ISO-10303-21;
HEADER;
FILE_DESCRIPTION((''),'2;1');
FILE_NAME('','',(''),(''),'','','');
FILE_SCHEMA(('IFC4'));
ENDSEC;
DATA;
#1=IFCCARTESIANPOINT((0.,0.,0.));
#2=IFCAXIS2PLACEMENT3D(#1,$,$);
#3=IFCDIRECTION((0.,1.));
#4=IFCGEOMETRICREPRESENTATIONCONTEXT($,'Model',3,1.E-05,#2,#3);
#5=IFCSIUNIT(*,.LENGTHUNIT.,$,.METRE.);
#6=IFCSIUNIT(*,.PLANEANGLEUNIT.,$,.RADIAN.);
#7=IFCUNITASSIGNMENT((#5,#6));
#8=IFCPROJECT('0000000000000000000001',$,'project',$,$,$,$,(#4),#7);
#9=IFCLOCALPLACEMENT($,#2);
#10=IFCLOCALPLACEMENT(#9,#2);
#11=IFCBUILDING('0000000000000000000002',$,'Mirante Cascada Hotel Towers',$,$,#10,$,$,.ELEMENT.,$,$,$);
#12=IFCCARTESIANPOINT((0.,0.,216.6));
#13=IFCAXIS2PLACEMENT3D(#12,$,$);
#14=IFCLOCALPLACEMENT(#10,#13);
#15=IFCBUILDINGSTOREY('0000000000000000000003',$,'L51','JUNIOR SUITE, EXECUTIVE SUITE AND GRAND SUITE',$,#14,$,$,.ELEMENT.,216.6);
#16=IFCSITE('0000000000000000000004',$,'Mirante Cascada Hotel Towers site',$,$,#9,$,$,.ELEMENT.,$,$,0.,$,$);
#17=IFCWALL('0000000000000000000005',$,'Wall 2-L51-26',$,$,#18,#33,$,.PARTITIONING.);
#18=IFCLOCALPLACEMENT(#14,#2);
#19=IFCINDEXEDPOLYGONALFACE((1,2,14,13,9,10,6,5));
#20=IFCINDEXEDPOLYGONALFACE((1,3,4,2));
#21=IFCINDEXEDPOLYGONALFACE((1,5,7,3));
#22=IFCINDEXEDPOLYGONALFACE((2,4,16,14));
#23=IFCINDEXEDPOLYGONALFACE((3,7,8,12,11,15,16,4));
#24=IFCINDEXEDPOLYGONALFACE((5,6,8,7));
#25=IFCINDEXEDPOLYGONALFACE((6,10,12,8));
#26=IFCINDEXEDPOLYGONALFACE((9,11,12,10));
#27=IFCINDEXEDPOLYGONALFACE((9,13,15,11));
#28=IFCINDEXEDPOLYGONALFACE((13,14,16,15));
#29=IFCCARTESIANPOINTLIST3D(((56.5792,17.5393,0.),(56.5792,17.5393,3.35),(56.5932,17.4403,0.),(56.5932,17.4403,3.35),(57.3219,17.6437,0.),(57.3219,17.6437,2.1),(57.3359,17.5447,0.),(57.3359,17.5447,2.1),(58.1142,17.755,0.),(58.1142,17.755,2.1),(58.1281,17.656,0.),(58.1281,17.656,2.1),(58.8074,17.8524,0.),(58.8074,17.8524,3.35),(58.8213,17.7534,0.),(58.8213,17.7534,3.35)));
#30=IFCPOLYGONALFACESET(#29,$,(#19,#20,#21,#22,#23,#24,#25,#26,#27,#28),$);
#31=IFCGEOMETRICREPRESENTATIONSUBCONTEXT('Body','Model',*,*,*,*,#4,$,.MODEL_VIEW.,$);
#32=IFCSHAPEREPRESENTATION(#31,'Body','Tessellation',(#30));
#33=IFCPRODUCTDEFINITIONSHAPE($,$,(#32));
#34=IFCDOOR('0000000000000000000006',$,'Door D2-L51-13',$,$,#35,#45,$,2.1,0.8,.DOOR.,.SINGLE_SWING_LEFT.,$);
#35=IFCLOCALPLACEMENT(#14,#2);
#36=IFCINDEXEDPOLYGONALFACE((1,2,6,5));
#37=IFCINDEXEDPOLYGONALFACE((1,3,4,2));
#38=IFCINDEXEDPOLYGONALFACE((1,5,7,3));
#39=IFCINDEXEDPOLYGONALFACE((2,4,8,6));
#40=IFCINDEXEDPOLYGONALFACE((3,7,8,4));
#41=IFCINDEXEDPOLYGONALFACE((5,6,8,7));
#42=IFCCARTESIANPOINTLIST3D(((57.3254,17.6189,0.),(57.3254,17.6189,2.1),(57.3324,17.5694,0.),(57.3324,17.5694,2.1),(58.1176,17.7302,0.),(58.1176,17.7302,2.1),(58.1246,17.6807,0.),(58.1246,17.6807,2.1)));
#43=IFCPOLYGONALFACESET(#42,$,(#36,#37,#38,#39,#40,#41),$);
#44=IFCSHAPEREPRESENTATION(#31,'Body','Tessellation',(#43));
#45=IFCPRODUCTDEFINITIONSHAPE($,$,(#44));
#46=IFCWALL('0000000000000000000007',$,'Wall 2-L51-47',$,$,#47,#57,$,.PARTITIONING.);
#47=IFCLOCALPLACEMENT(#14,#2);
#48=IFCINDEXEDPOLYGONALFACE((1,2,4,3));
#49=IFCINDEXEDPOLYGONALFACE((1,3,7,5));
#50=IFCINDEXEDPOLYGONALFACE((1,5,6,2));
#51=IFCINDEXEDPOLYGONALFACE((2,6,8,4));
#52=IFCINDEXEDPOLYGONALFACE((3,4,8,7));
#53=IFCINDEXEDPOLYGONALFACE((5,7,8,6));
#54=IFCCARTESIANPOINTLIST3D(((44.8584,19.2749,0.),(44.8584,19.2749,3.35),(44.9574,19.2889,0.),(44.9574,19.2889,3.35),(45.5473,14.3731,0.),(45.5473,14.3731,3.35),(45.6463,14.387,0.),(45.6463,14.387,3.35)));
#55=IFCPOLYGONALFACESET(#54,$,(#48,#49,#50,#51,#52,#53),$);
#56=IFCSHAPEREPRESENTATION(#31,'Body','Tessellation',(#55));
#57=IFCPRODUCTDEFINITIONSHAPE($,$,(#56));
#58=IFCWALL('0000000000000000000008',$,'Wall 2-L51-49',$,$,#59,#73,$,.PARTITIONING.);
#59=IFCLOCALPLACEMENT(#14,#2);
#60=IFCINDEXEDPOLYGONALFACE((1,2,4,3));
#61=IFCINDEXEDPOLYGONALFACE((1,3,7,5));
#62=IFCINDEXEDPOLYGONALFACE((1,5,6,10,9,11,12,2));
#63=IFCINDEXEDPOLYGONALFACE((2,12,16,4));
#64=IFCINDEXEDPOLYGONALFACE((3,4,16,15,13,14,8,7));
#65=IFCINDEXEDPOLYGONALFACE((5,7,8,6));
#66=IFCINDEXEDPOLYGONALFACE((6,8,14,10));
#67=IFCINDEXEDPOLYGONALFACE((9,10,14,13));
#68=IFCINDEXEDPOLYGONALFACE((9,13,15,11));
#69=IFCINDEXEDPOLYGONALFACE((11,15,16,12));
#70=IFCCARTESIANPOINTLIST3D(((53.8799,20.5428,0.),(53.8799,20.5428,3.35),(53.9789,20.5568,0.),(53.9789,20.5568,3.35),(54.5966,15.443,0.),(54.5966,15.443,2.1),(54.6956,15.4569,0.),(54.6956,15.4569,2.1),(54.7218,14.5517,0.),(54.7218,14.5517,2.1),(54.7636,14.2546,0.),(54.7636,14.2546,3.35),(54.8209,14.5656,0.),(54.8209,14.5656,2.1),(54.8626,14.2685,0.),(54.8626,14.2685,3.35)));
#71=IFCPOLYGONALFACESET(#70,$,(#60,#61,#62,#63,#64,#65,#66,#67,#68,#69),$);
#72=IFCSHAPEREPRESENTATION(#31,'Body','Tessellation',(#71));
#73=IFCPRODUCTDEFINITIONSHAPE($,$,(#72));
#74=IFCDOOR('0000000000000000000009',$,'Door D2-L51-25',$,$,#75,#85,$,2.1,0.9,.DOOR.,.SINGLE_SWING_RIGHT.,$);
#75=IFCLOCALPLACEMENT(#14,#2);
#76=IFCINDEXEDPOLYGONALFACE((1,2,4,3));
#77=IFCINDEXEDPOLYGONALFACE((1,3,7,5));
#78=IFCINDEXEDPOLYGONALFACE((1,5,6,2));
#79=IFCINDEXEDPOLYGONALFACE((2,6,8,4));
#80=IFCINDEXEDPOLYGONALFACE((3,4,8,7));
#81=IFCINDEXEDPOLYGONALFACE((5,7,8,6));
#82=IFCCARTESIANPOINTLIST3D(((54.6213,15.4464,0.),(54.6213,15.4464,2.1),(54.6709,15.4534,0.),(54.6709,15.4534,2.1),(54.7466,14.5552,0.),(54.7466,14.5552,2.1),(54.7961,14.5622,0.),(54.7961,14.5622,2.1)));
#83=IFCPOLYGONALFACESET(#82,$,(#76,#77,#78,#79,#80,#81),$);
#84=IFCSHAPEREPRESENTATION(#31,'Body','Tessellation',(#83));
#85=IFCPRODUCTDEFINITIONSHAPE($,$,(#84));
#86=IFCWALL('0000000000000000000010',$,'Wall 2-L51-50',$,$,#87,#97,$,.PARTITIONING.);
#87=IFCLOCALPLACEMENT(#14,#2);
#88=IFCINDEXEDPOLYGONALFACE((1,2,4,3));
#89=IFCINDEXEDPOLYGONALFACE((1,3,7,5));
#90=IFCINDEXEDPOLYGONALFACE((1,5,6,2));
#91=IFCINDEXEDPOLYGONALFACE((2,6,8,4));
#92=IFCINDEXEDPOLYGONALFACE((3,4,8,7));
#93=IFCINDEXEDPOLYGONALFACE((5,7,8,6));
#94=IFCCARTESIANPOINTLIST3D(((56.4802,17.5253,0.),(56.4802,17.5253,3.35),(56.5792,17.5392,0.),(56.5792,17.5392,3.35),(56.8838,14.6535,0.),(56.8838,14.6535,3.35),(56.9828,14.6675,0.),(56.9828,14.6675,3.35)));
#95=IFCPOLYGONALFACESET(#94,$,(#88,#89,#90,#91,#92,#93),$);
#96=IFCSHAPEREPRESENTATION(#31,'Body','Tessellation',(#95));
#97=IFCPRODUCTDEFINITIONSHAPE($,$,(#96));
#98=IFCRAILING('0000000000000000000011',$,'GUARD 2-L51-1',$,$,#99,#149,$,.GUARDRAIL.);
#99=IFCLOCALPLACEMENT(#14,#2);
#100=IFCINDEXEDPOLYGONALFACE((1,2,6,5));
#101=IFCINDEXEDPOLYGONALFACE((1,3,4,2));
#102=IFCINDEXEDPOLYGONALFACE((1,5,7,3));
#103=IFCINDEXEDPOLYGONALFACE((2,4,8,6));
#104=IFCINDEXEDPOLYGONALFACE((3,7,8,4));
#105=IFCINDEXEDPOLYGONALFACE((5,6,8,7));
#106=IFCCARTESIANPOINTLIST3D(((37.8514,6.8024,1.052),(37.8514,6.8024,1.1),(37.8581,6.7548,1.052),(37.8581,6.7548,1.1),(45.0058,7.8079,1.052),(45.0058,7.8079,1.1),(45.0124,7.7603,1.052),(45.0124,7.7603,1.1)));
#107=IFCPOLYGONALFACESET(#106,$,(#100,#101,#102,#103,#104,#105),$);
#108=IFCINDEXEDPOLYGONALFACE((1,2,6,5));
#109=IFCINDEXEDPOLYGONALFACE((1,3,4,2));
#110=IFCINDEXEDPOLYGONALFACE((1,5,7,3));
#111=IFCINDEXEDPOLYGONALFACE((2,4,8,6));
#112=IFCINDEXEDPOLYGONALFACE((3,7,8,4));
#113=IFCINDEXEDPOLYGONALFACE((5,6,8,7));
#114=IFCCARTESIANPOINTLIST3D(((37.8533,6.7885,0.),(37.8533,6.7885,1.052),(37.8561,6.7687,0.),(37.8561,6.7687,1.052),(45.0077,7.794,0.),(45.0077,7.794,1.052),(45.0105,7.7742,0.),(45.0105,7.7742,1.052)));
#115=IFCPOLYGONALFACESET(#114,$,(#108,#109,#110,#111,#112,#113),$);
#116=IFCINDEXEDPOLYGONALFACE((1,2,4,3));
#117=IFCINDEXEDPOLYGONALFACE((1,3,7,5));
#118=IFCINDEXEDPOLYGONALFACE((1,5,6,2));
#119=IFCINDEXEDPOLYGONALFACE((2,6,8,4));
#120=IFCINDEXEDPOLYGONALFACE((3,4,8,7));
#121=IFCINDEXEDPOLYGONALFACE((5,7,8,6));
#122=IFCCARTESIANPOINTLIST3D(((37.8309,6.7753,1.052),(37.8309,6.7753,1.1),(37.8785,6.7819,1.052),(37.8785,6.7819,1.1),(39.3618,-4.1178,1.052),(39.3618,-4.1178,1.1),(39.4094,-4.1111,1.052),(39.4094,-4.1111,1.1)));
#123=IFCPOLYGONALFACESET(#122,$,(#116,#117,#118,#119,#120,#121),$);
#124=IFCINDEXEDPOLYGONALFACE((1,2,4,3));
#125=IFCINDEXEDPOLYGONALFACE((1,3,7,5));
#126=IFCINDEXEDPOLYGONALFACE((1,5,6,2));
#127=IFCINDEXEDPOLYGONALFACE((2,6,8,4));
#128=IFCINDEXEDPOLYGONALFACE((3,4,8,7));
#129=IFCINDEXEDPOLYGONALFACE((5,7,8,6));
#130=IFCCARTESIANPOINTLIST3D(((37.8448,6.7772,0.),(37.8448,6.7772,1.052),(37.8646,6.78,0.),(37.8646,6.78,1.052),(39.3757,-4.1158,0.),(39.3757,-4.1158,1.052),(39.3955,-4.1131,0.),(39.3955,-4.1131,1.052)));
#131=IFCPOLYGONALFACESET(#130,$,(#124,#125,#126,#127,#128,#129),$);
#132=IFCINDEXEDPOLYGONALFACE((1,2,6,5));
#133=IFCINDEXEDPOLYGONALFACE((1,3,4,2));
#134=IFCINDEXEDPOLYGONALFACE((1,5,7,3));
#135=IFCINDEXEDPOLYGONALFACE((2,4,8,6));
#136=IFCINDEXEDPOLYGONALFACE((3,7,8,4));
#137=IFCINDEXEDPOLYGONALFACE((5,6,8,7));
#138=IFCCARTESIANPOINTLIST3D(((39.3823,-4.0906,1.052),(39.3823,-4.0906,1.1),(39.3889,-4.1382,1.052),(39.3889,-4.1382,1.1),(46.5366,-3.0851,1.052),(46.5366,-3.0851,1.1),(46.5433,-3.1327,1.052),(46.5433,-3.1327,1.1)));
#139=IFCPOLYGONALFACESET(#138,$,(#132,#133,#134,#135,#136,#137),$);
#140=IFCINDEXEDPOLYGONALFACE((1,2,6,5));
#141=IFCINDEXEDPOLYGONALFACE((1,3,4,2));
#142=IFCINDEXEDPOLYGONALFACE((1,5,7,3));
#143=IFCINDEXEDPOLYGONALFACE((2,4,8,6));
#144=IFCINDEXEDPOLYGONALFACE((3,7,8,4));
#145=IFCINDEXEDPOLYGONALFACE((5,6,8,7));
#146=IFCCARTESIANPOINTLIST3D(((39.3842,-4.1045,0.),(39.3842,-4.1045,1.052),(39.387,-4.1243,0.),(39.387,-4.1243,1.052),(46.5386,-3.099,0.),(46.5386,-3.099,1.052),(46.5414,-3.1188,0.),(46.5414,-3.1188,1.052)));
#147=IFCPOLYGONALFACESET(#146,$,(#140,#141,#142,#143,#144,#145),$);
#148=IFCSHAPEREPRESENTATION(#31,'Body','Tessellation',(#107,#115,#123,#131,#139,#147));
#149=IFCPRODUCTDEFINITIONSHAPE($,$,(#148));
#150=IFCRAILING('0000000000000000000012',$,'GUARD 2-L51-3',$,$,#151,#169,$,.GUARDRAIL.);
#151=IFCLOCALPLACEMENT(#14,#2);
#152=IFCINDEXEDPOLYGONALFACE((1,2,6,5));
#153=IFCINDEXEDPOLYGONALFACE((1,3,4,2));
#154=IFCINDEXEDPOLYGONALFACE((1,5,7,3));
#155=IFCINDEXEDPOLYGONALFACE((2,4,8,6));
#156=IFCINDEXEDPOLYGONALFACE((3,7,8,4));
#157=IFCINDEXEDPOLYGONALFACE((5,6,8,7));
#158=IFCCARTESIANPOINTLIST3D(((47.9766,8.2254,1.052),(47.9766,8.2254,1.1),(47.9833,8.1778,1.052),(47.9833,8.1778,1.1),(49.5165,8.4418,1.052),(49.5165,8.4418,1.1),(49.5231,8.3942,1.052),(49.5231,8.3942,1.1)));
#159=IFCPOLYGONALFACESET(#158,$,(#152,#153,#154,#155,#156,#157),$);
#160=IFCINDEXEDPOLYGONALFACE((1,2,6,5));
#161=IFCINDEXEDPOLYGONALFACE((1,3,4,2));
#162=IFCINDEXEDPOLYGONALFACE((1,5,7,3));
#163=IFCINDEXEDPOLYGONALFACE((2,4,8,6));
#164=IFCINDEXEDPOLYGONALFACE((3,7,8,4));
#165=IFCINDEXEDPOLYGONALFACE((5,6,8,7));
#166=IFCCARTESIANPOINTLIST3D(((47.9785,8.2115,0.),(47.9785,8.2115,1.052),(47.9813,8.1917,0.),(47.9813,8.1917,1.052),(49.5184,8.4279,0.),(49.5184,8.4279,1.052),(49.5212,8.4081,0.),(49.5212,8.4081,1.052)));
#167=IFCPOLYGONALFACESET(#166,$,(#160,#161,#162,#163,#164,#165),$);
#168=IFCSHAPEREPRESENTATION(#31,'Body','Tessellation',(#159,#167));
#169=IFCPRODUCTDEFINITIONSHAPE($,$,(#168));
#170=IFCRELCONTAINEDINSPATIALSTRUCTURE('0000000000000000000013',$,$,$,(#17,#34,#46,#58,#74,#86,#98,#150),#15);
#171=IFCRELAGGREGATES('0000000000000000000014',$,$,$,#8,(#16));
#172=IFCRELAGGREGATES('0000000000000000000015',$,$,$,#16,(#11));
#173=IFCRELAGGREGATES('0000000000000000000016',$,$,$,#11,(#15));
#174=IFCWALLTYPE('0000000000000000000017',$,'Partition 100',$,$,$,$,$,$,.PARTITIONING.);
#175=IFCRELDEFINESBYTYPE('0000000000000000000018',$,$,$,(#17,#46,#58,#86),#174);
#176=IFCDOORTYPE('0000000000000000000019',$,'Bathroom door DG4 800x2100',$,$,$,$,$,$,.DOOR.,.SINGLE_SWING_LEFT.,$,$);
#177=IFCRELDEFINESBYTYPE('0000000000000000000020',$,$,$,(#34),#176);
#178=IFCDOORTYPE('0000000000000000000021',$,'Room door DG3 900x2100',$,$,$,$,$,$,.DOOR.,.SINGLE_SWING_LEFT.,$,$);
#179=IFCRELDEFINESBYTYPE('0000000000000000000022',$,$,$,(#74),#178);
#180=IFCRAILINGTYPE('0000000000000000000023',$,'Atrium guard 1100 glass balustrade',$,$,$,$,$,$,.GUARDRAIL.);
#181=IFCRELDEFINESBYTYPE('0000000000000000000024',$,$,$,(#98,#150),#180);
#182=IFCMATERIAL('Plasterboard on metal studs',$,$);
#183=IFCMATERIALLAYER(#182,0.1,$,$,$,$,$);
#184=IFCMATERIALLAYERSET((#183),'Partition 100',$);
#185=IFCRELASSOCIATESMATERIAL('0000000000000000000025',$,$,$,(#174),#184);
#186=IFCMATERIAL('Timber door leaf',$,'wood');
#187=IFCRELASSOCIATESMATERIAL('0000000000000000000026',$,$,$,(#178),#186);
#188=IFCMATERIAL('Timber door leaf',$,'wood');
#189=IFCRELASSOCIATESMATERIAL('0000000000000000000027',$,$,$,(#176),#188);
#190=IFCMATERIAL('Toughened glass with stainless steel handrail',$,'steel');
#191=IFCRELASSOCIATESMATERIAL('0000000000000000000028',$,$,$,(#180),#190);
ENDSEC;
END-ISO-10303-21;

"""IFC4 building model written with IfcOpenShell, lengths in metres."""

from ifc_helpers import new_model, si_unit, direction, frame, frame_2d, origin, origin_2d, place, context, subcontext, project, spatial, rectangle, extrude, material, layer, layer_set, type_object, element, fill, save


model = new_model("IFC4")

# Units and contexts
model_context = context("Model", 3, precision=1e-05, world=origin(), true_north=direction((0.0, 1.0)))
body_context = subcontext(model_context, "Body", "Model", "MODEL_VIEW")
ifc_project = project(units=[si_unit("LENGTHUNIT", "METRE"), si_unit("PLANEANGLEUNIT", "RADIAN")], contexts=[model_context])

# Site, building, storey
site_placement = place(None, origin())
site = spatial("IfcSite", under=ifc_project, at=site_placement, Name="Mirante Cascada Hotel Towers site", CompositionType="ELEMENT", RefElevation=0.0)
building_placement = place(site_placement, origin())
building = spatial("IfcBuilding", under=site, at=building_placement, Name="Mirante Cascada Hotel Towers", CompositionType="ELEMENT")
storey_placement = place(building_placement, frame((0.0, 0.0, 216.6)))
storey = spatial("IfcBuildingStorey", under=building, at=storey_placement, Name="L51", Description="JUNIOR SUITE, EXECUTIVE SUITE AND GRAND SUITE", CompositionType="ELEMENT", Elevation=216.6)

# Shared definitions
ifc_material_1 = material(Name="Plasterboard on metal studs")
ifc_layer_1 = layer(ifc_material_1, 0.1)
ifc_layer_set_1 = layer_set([ifc_layer_1], Name="Partition 100")
wall_type_1 = type_object("IfcWallType", Name="Partition 100", PredefinedType="PARTITIONING", material=ifc_layer_set_1)

# Shared definitions
ifc_material_2 = material(Name="Timber door leaf", Category="wood")
door_type_1 = type_object("IfcDoorType", Name="Room door DG3 900x2100", OperationType="SINGLE_SWING_LEFT", PredefinedType="DOOR", material=ifc_material_2)

# Wall, opening, door
wall_1_placement = place(storey_placement, frame((56.5862, 17.4898, 0.0), z_axis=(0.0, 0.0, 1.0), x_axis=(0.990271, 0.139156, 0.0)))
wall_1 = element("IfcWall", 1, at=wall_1_placement, inside=storey, type_object=wall_type_1, Name="Wall 2-L51-26", PredefinedType="PARTITIONING", context=body_context, shape_type="SweptSolid", body=[
    extrude(rectangle(XDim=2.25, YDim=0.1, at=frame_2d((1.125, 0.0))), origin(), (0.0, 0.0, 1.0), 3.35),
])
opening_1_placement = place(wall_1_placement, frame((0.75, 0.0, 0.0)))
opening_1 = element("IfcOpeningElement", 2, at=opening_1_placement, cuts=wall_1, PredefinedType="OPENING", context=body_context, shape_type="SweptSolid", body=[
    extrude(rectangle(XDim=0.8, YDim=2.1, at=frame_2d((0.4, 1.05))), frame((0.0, 0.05, 0.0), z_axis=(0.0, -1.0, 0.0), x_axis=(1.0, 0.0, 0.0)), (0.0, 0.0, 1.0), 0.1),
])
ifc_material_3 = material(Name="Timber door leaf", Category="wood")
door_type_2 = type_object("IfcDoorType", Name="Bathroom door DG4 800x2100", OperationType="SINGLE_SWING_LEFT", PredefinedType="DOOR", material=ifc_material_3)
door_1_placement = place(opening_1_placement, origin())
door_1 = element("IfcDoor", 3, at=door_1_placement, inside=storey, type_object=door_type_2, Name="Door D2-L51-13", OperationType="SINGLE_SWING_LEFT", OverallHeight=2.1, OverallWidth=0.8, PredefinedType="DOOR", context=body_context, shape_type="SweptSolid", body=[
    extrude(rectangle(XDim=0.8, YDim=2.1, at=frame_2d((0.4, 1.05))), frame((0.0, 0.025, 0.0), z_axis=(0.0, -1.0, 0.0), x_axis=(1.0, 0.0, 0.0)), (0.0, 0.0, 1.0), 0.05),
])
fill(opening_1, door_1)

# Wall
wall_2_placement = place(storey_placement, frame((44.9079, 19.2819, 0.0), z_axis=(0.0, 0.0, 1.0), x_axis=(0.139173, -0.990268, 0.0)))
element("IfcWall", 4, at=wall_2_placement, inside=storey, type_object=wall_type_1, Name="Wall 2-L51-47", PredefinedType="PARTITIONING", context=body_context, shape_type="SweptSolid", body=[
    extrude(rectangle(XDim=4.95, YDim=0.1, at=frame_2d((2.475, 0.0))), origin(), (0.0, 0.0, 1.0), 3.35),
])

# Wall, opening, door
wall_3_placement = place(storey_placement, frame((53.9294, 20.5498, 0.0), z_axis=(0.0, 0.0, 1.0), x_axis=(0.139166, -0.990269, 0.0)))
wall_3 = element("IfcWall", 5, at=wall_3_placement, inside=storey, type_object=wall_type_1, Name="Wall 2-L51-49", PredefinedType="PARTITIONING", context=body_context, shape_type="SweptSolid", body=[
    extrude(rectangle(XDim=6.35, YDim=0.1, at=frame_2d((3.175, 0.0))), origin(), (0.0, 0.0, 1.0), 3.35),
])
opening_2_placement = place(wall_3_placement, frame((5.15, 0.0, 0.0)))
opening_2 = element("IfcOpeningElement", 6, at=opening_2_placement, cuts=wall_3, PredefinedType="OPENING", context=body_context, shape_type="SweptSolid", body=[
    extrude(rectangle(XDim=0.9, YDim=2.1, at=frame_2d((0.45, 1.05))), frame((0.0, 0.05, 0.0), z_axis=(0.0, -1.0, 0.0), x_axis=(1.0, 0.0, 0.0)), (0.0, 0.0, 1.0), 0.1),
])
door_2_placement = place(opening_2_placement, frame((0.9, 0.0, 0.0), z_axis=(0.0, 0.0, 1.0), x_axis=(-1.0, 0.0, 0.0)))
door_2 = element("IfcDoor", 7, at=door_2_placement, inside=storey, type_object=door_type_1, Name="Door D2-L51-25", OperationType="SINGLE_SWING_RIGHT", OverallHeight=2.1, OverallWidth=0.9, PredefinedType="DOOR", context=body_context, shape_type="SweptSolid", body=[
    extrude(rectangle(XDim=0.9, YDim=2.1, at=frame_2d((0.45, 1.05))), frame((0.0, 0.025, 0.0), z_axis=(0.0, -1.0, 0.0), x_axis=(1.0, 0.0, 0.0)), (0.0, 0.0, 1.0), 0.05),
])
fill(opening_2, door_2)

# Wall
wall_4_placement = place(storey_placement, frame((56.9333, 14.6605, 0.0), z_axis=(0.0, 0.0, 1.0), x_axis=(-0.139171, 0.990268, 0.0)))
element("IfcWall", 8, at=wall_4_placement, inside=storey, type_object=wall_type_1, Name="Wall 2-L51-50", PredefinedType="PARTITIONING", context=body_context, shape_type="SweptSolid", body=[
    extrude(rectangle(XDim=2.9, YDim=0.1, at=frame_2d((1.45, 0.0))), origin(), (0.0, 0.0, 1.0), 3.35),
])

# Railings
ifc_material_4 = material(Name="Toughened glass with stainless steel handrail", Category="steel")
railing_type = type_object("IfcRailingType", Name="Atrium guard 1100 glass balustrade", PredefinedType="GUARDRAIL", material=ifc_material_4)
railing_1_placement = place(storey_placement, frame((45.0091, 7.7841, 0.0)))
element("IfcRailing", 9, at=railing_1_placement, inside=storey, type_object=railing_type, Name="GUARD 2-L51-1", PredefinedType="GUARDRAIL", context=body_context, shape_type="SweptSolid", body=[
    extrude(rectangle(XDim=0.048, YDim=0.048, at=origin_2d()), frame((0.0, 0.0, 1.076), z_axis=(-0.990268, -0.139175, 0.0), x_axis=(0.139175, -0.990268, 0.0)), (0.0, 0.0, 1.0), 7.2247),
    extrude(rectangle(XDim=0.02, YDim=1.052, at=origin_2d()), frame((0.0, 0.0, 0.526), z_axis=(-0.990268, -0.139175, 0.0), x_axis=(0.139175, -0.990268, 0.0)), (0.0, 0.0, 1.0), 7.2247),
    extrude(rectangle(XDim=0.048, YDim=0.048, at=origin_2d()), frame((-7.1544, -1.0055, 1.076), z_axis=(0.139172, -0.990268, 0.0), x_axis=(0.990268, 0.139172, 0.0)), (0.0, 0.0, 1.0), 11.0001),
    extrude(rectangle(XDim=0.02, YDim=1.052, at=origin_2d()), frame((-7.1544, -1.0055, 0.526), z_axis=(0.139172, -0.990268, 0.0), x_axis=(0.990268, 0.139172, 0.0)), (0.0, 0.0, 1.0), 11.0001),
    extrude(rectangle(XDim=0.048, YDim=0.048, at=origin_2d()), frame((-5.6235, -11.8985, 1.076), z_axis=(0.990268, 0.139175, 0.0), x_axis=(-0.139175, 0.990268, 0.0)), (0.0, 0.0, 1.0), 7.2247),
    extrude(rectangle(XDim=0.02, YDim=1.052, at=origin_2d()), frame((-5.6235, -11.8985, 0.526), z_axis=(0.990268, 0.139175, 0.0), x_axis=(-0.139175, 0.990268, 0.0)), (0.0, 0.0, 1.0), 7.2247),
])
railing_2_placement = place(storey_placement, frame((49.5198, 8.418, 0.0)))
element("IfcRailing", 10, at=railing_2_placement, inside=storey, type_object=railing_type, Name="GUARD 2-L51-3", PredefinedType="GUARDRAIL", context=body_context, shape_type="SweptSolid", body=[
    extrude(rectangle(XDim=0.048, YDim=0.048, at=origin_2d()), frame((0.0, 0.0, 1.076), z_axis=(-0.99027, -0.139161, 0.0), x_axis=(0.139161, -0.99027, 0.0)), (0.0, 0.0, 1.0), 1.555),
    extrude(rectangle(XDim=0.02, YDim=1.052, at=origin_2d()), frame((0.0, 0.0, 0.526), z_axis=(-0.99027, -0.139161, 0.0), x_axis=(0.139161, -0.99027, 0.0)), (0.0, 0.0, 1.0), 1.555),
])

save(model, "model.ifc")
